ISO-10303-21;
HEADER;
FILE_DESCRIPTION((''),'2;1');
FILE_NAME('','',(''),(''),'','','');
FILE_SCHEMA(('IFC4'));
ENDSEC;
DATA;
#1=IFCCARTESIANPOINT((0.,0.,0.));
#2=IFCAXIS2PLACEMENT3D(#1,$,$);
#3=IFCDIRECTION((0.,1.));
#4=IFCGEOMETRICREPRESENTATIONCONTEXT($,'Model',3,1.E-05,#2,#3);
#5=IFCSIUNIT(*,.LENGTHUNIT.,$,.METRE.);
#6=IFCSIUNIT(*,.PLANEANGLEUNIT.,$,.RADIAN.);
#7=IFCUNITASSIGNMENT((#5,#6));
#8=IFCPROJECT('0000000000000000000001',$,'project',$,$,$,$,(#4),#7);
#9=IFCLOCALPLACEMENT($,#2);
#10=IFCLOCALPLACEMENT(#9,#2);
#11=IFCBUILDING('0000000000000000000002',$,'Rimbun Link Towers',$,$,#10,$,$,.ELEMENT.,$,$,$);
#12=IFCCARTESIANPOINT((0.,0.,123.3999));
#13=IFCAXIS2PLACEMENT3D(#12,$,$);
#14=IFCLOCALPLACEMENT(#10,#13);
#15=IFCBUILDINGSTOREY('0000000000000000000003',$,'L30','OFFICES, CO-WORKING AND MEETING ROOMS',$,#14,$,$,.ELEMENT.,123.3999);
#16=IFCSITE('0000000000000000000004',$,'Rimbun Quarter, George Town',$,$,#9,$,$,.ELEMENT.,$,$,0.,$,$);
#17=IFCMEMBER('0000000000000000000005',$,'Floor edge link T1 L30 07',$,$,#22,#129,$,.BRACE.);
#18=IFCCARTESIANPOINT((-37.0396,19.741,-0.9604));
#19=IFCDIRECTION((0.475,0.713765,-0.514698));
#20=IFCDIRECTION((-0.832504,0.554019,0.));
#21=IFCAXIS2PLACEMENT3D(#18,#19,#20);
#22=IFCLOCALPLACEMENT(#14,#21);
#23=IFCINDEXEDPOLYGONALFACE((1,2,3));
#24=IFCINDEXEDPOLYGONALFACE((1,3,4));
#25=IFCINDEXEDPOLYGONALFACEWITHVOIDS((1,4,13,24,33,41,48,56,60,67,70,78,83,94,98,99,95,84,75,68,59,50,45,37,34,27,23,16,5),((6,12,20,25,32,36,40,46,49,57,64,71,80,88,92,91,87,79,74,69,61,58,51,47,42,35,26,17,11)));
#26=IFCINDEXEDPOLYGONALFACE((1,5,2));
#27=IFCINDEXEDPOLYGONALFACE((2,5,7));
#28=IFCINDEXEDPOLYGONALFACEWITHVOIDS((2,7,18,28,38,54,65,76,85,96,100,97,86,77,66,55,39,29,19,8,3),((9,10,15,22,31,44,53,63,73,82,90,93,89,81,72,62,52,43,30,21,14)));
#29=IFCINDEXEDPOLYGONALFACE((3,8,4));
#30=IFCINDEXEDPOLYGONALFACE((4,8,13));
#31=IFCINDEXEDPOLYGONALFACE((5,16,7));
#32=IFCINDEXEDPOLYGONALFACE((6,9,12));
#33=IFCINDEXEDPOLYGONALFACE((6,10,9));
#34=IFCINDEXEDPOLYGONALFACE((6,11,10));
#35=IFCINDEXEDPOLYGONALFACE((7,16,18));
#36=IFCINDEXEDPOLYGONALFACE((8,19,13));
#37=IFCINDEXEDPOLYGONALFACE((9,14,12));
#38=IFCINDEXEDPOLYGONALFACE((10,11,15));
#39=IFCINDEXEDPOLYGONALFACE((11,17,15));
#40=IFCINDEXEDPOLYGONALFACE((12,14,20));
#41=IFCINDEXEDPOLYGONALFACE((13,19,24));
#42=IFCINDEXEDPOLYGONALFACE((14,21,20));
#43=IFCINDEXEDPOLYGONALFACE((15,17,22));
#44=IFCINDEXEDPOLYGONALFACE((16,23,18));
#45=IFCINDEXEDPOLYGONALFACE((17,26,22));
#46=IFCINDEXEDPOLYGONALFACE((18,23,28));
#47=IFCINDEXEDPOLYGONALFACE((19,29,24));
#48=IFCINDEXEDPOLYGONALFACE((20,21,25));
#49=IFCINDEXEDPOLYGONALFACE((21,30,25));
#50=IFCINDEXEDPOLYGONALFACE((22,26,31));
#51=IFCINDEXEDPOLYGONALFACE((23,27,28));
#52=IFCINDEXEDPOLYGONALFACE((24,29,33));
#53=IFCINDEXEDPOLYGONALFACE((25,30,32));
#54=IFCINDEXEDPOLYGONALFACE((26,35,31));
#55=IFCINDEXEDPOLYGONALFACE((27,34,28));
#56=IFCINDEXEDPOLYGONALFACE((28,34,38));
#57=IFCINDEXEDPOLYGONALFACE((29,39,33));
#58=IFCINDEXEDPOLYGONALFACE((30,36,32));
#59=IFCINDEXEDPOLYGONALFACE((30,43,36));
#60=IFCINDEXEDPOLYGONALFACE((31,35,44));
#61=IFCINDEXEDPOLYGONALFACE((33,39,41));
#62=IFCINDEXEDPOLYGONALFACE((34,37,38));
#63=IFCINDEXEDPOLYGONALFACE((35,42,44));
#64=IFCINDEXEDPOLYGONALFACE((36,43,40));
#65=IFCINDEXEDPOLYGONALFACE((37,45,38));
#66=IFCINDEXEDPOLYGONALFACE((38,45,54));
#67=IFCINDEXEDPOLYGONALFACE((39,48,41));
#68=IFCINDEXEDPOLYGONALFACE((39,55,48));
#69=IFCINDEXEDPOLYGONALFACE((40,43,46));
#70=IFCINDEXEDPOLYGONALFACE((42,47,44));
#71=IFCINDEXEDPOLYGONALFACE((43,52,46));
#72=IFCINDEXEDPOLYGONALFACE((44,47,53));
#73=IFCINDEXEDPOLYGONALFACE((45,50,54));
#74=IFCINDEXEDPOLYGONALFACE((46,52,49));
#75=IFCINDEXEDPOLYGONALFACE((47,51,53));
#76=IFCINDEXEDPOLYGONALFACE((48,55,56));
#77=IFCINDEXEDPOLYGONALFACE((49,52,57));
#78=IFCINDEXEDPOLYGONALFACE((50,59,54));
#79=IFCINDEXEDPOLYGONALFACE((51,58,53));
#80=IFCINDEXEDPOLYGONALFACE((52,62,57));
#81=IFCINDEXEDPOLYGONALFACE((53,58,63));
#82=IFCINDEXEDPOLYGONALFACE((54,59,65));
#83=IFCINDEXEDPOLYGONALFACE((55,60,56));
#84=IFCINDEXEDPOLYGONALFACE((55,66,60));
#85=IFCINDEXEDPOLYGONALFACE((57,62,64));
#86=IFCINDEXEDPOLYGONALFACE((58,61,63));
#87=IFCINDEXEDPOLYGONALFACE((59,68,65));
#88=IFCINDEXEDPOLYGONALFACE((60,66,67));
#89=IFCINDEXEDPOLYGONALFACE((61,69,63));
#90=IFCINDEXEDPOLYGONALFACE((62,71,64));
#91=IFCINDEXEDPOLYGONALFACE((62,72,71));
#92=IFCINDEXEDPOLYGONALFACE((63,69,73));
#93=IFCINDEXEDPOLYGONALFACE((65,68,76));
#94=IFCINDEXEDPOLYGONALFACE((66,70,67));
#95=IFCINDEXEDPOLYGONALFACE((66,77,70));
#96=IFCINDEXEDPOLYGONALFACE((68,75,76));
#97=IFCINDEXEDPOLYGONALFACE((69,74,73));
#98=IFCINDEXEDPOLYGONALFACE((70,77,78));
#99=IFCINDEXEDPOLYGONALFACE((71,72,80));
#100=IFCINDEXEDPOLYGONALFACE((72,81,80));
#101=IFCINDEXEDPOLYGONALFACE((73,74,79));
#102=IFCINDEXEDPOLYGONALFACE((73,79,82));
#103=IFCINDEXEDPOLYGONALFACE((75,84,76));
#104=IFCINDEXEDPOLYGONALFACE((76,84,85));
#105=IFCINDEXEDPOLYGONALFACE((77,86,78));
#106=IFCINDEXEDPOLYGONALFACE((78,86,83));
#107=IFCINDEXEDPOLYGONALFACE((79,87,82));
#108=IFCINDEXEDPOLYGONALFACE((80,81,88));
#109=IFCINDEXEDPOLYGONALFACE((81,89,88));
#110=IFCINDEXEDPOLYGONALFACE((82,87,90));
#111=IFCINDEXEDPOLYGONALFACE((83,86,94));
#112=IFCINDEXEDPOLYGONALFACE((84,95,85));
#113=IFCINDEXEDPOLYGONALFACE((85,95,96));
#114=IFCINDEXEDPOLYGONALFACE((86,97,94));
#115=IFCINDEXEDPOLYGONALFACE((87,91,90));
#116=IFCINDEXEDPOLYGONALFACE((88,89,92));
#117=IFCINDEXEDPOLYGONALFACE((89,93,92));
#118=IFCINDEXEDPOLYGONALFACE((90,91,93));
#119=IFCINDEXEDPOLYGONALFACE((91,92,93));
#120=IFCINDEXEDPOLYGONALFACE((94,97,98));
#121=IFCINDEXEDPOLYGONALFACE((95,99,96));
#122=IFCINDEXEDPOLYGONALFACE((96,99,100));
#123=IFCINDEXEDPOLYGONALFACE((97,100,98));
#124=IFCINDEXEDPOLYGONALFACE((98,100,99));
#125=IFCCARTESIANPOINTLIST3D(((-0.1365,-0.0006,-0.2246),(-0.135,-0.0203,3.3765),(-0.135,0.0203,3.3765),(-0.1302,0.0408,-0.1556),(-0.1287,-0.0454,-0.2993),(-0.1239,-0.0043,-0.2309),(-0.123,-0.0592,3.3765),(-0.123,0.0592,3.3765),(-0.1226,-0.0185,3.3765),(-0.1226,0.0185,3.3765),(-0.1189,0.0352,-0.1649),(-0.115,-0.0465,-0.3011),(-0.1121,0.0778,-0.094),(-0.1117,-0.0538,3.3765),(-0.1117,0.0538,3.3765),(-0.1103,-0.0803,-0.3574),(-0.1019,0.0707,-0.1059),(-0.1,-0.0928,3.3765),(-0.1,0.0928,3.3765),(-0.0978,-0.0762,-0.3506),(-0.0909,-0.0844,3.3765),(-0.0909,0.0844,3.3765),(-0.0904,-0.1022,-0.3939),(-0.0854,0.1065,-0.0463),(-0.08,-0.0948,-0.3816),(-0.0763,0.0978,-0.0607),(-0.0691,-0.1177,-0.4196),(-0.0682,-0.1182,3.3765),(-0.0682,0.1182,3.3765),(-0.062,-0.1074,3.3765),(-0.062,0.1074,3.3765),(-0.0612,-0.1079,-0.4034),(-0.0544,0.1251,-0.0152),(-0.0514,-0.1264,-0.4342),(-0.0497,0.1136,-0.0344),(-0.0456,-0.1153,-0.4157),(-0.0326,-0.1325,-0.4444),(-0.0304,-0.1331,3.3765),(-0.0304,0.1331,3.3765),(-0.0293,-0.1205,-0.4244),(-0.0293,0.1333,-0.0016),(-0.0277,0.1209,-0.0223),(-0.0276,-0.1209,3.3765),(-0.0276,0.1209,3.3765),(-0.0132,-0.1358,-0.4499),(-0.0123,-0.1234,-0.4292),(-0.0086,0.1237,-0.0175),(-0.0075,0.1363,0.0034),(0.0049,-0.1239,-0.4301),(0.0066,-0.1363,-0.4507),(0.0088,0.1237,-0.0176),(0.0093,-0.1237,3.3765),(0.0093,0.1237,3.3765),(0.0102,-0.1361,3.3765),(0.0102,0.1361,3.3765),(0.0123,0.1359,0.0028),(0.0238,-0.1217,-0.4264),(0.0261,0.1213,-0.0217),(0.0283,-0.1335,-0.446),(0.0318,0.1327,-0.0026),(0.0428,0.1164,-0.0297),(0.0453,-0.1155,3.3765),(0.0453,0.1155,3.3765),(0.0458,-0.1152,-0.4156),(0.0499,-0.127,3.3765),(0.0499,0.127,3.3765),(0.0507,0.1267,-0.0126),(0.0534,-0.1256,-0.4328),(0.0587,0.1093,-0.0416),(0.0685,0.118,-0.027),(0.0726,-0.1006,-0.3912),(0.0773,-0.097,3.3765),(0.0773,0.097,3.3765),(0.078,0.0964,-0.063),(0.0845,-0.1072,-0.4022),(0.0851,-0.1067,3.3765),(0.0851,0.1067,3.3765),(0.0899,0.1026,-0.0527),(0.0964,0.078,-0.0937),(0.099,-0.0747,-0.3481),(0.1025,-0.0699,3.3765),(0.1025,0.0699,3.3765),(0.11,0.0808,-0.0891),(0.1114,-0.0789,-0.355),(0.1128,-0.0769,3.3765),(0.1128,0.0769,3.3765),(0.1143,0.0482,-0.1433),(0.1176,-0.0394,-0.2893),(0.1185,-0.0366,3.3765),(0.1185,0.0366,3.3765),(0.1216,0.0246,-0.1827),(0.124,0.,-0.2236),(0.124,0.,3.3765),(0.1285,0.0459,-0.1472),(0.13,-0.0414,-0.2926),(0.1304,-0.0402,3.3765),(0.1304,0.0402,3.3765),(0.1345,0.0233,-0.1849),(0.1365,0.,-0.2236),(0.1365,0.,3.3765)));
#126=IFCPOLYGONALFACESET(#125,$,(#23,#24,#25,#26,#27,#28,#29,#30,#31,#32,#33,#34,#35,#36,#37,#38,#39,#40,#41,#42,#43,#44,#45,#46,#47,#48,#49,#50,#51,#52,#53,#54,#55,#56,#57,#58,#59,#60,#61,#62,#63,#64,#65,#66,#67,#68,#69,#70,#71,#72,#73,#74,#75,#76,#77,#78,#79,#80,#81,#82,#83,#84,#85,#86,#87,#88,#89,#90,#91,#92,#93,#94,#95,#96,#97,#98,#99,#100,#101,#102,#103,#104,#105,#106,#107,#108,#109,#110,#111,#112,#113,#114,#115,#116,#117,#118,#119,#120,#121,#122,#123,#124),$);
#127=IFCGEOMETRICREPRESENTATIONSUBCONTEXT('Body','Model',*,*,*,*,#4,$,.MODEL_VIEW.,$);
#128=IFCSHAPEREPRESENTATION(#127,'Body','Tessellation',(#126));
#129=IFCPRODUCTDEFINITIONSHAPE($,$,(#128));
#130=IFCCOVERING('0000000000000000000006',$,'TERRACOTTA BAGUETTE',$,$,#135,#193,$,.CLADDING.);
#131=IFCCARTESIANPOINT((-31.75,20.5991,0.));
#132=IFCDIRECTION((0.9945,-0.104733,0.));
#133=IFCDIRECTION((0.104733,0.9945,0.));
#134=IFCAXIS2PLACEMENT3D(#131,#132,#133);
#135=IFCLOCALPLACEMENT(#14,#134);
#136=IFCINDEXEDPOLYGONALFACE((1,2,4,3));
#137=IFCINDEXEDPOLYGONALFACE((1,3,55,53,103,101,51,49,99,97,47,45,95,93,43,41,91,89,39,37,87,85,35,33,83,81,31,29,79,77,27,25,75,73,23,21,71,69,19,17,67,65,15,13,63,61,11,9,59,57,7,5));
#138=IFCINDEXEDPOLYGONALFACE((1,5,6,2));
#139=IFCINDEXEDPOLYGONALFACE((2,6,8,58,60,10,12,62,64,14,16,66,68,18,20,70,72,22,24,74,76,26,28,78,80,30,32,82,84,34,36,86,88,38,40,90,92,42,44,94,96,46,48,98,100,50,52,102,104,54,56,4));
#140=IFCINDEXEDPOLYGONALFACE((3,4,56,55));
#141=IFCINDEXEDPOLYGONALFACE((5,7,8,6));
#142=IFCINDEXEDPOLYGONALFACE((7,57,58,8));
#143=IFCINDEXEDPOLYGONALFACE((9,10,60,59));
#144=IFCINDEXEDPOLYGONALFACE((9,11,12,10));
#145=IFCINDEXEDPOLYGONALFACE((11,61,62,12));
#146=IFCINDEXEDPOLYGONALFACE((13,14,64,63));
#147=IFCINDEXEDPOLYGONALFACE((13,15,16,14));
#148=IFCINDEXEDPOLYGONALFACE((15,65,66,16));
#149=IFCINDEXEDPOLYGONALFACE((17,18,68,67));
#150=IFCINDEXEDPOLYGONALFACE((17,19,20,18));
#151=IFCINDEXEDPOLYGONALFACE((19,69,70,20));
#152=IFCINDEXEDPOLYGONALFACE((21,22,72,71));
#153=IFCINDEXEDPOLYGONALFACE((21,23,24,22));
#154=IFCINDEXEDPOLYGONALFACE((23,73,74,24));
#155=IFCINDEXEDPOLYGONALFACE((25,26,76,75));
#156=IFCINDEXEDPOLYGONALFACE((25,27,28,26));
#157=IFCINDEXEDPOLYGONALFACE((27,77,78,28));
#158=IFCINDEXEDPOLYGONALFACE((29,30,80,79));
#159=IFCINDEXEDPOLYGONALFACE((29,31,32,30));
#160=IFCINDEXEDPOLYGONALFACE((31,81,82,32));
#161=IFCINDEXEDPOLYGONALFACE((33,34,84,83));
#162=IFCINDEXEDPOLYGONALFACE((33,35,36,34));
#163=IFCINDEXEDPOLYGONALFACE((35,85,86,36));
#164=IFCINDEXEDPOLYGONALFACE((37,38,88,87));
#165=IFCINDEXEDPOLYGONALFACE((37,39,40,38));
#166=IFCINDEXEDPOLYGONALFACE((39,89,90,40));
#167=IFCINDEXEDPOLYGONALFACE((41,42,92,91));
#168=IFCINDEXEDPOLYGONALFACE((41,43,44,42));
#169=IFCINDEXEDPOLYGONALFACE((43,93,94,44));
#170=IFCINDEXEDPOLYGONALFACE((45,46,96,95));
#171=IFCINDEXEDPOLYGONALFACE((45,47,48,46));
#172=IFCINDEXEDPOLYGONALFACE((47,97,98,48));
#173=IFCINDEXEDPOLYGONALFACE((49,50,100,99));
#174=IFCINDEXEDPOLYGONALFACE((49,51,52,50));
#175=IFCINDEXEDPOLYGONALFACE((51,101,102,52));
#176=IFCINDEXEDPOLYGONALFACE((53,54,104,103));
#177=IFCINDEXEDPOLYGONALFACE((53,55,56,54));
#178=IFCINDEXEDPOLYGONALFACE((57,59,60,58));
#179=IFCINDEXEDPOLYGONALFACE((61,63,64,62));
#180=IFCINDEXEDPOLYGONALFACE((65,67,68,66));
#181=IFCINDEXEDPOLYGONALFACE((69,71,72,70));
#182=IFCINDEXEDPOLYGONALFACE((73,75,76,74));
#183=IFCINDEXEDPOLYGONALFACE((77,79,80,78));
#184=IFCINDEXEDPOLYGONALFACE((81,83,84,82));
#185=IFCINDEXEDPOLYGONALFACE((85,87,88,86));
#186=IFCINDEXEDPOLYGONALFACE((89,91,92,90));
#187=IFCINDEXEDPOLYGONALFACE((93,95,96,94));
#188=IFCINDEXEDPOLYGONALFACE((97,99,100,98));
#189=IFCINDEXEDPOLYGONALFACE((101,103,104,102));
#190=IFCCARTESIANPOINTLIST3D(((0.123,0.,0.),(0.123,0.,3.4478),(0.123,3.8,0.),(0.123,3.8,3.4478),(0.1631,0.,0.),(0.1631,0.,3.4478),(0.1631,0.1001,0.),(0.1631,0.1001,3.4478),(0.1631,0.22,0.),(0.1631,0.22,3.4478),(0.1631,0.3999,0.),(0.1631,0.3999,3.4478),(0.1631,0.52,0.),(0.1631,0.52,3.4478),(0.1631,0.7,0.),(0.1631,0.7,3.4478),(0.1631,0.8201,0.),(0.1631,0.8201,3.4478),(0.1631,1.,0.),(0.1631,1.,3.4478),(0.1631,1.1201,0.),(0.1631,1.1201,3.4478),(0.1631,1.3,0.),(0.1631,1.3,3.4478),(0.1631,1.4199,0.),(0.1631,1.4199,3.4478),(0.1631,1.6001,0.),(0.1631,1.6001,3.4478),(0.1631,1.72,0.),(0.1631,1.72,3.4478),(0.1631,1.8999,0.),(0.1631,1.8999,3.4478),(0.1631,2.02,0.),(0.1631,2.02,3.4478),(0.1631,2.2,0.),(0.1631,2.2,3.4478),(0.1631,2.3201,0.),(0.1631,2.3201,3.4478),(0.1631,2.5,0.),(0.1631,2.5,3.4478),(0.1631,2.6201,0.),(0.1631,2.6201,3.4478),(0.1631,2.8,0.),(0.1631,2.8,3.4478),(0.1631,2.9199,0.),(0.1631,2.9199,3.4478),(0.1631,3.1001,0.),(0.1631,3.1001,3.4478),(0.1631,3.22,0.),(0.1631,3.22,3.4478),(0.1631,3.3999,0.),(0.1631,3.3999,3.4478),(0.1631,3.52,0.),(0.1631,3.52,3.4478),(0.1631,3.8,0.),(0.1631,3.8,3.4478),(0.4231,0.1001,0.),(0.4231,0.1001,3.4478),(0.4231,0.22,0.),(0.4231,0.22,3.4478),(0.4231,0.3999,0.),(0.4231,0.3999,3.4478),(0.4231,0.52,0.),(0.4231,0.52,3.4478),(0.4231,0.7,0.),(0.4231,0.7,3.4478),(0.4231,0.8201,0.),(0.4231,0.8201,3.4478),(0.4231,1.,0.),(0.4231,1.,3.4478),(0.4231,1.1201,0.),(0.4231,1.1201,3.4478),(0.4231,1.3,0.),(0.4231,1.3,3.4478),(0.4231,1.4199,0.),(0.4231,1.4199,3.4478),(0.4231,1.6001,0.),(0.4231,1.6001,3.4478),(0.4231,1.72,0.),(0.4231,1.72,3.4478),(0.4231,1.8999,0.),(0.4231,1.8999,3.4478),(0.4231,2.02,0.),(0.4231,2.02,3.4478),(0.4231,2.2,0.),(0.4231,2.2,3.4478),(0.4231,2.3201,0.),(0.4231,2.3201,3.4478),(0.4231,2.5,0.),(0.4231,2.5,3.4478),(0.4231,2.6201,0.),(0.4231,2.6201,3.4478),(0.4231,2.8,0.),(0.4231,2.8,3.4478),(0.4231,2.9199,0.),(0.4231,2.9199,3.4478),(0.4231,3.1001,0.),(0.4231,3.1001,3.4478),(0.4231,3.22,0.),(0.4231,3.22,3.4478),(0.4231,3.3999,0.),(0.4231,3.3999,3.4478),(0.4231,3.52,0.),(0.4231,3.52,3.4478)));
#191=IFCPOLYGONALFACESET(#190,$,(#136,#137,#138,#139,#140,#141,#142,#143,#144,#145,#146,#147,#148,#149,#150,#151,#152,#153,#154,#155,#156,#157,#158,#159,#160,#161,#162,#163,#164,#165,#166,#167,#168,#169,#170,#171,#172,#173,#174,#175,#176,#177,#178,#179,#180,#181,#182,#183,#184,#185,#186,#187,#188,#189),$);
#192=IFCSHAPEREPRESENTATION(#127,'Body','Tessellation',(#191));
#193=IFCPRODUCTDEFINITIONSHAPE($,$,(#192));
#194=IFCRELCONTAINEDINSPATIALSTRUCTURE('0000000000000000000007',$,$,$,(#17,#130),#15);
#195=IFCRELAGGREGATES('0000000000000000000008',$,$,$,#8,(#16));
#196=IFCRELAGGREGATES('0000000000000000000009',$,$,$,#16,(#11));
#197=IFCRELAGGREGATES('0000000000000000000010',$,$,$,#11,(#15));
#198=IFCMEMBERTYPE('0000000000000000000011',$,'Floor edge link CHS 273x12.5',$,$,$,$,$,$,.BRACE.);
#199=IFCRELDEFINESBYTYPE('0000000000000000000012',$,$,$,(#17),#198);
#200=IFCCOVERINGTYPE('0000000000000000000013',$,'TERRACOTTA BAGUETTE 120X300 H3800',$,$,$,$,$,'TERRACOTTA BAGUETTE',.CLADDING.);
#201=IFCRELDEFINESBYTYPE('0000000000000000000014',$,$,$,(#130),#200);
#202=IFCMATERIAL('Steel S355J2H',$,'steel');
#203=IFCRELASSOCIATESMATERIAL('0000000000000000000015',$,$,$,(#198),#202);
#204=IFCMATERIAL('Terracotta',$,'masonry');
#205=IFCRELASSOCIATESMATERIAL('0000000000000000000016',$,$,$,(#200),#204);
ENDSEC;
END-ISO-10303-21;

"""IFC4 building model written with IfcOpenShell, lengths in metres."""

from ifc_helpers import new_model, si_unit, direction, frame, origin, origin_2d, place, context, subcontext, project, spatial, polyline, hollow_circle, outline, extrude, clip, halfspace, material, material_profile, profile_set, type_object, element, save


model = new_model("IFC4")

# Units and contexts
model_context = context("Model", 3, precision=1e-05, world=origin(), true_north=direction((0.0, 1.0)))
body_context = subcontext(model_context, "Body", "Model", "MODEL_VIEW")
ifc_project = project(units=[si_unit("LENGTHUNIT", "METRE"), si_unit("PLANEANGLEUNIT", "RADIAN")], contexts=[model_context])

# Site, building, storey
site_placement = place(None, origin())
site = spatial("IfcSite", under=ifc_project, at=site_placement, Name="Rimbun Quarter, George Town", CompositionType="ELEMENT", RefElevation=0.0)
building_placement = place(site_placement, origin())
building = spatial("IfcBuilding", under=site, at=building_placement, Name="Rimbun Link Towers", CompositionType="ELEMENT")
storey_placement = place(building_placement, frame((0.0, 0.0, 123.3999)))
storey = spatial("IfcBuildingStorey", under=building, at=storey_placement, Name="L30", Description="OFFICES, CO-WORKING AND MEETING ROOMS", CompositionType="ELEMENT", Elevation=123.3999)

# Member
ifc_material_1 = material(Name="Steel S355J2H", Category="steel")
ifc_material_profile_1 = material_profile(ifc_material_1, hollow_circle(Radius=0.1365, WallThickness=0.0125, at=origin_2d()), Name="CHS 273x12.5")
ifc_profile_set_1 = profile_set([ifc_material_profile_1], Name="Steel S355J2H")
member_type_1 = type_object("IfcMemberType", Name="Floor edge link CHS 273x12.5", PredefinedType="BRACE", material=ifc_profile_set_1)
member_1_placement = place(storey_placement, frame((-37.0396, 19.741, -0.9604), z_axis=(0.475, 0.713765, -0.514698), x_axis=(-0.832504, 0.554019, 0.0)))
element("IfcMember", 1, at=member_1_placement, inside=storey, type_object=member_type_1, Name="Floor edge link T1 L30 07", PredefinedType="BRACE", context=body_context, shape_type="Clipping", body=[
    clip(extrude(hollow_circle(Radius=0.1365, WallThickness=0.0125, at=origin_2d()), frame((0.0, 0.0, -0.4741)), (0.0, 0.0, 1.0), 3.8506), halfspace(frame((0.0, 0.0, -0.2236), z_axis=(0.0, 0.857372, -0.514698)), False)),
])

# Covering
ifc_material_2 = material(Name="Terracotta", Category="masonry")
ifc_material_profile_2 = material_profile(ifc_material_2, outline(polyline([(0.123, 0.0), (0.1631, 0.0), (0.1631, 0.1001), (0.4231, 0.1001), (0.4231, 0.22), (0.1631, 0.22), (0.1631, 0.3999), (0.4231, 0.3999), (0.4231, 0.52), (0.1631, 0.52), (0.1631, 0.7), (0.4231, 0.7), (0.4231, 0.8201), (0.1631, 0.8201), (0.1631, 1.0), (0.4231, 1.0), (0.4231, 1.1201), (0.1631, 1.1201), (0.1631, 1.3), (0.4231, 1.3), (0.4231, 1.4199), (0.1631, 1.4199), (0.1631, 1.6001), (0.4231, 1.6001), (0.4231, 1.72), (0.1631, 1.72), (0.1631, 1.8999), (0.4231, 1.8999), (0.4231, 2.02), (0.1631, 2.02), (0.1631, 2.2), (0.4231, 2.2), (0.4231, 2.3201), (0.1631, 2.3201), (0.1631, 2.5), (0.4231, 2.5), (0.4231, 2.6201), (0.1631, 2.6201), (0.1631, 2.8), (0.4231, 2.8), (0.4231, 2.9199), (0.1631, 2.9199), (0.1631, 3.1001), (0.4231, 3.1001), (0.4231, 3.22), (0.1631, 3.22), (0.1631, 3.3999), (0.4231, 3.3999), (0.4231, 3.52), (0.1631, 3.52), (0.1631, 3.8), (0.123, 3.8), (0.123, 0.0)])), Name="BAGUETTE 120X300")
ifc_profile_set_2 = profile_set([ifc_material_profile_2], Name="Terracotta")
covering_type = type_object("IfcCoveringType", Name="TERRACOTTA BAGUETTE 120X300 H3800", ElementType="TERRACOTTA BAGUETTE", PredefinedType="CLADDING", material=ifc_profile_set_2)
for number, where, z_axis, x_axis, name in (
    (2, (-31.75, 20.5991, 0.0), (0.9945, -0.104733, 0.0), (0.104733, 0.9945, 0.0), "TERRACOTTA BAGUETTE"),
):
    element("IfcCovering", number, at=place(storey_placement, frame(where, z_axis=z_axis, x_axis=x_axis)), inside=storey, type_object=covering_type, Name=name, PredefinedType="CLADDING", context=body_context, shape_type="SweptSolid", body=[
        extrude(outline(polyline([(0.123, 0.0), (0.1631, 0.0), (0.1631, 0.1001), (0.4231, 0.1001), (0.4231, 0.22), (0.1631, 0.22), (0.1631, 0.3999), (0.4231, 0.3999), (0.4231, 0.52), (0.1631, 0.52), (0.1631, 0.7), (0.4231, 0.7), (0.4231, 0.8201), (0.1631, 0.8201), (0.1631, 1.0), (0.4231, 1.0), (0.4231, 1.1201), (0.1631, 1.1201), (0.1631, 1.3), (0.4231, 1.3), (0.4231, 1.4199), (0.1631, 1.4199), (0.1631, 1.6001), (0.4231, 1.6001), (0.4231, 1.72), (0.1631, 1.72), (0.1631, 1.8999), (0.4231, 1.8999), (0.4231, 2.02), (0.1631, 2.02), (0.1631, 2.2), (0.4231, 2.2), (0.4231, 2.3201), (0.1631, 2.3201), (0.1631, 2.5), (0.4231, 2.5), (0.4231, 2.6201), (0.1631, 2.6201), (0.1631, 2.8), (0.4231, 2.8), (0.4231, 2.9199), (0.1631, 2.9199), (0.1631, 3.1001), (0.4231, 3.1001), (0.4231, 3.22), (0.1631, 3.22), (0.1631, 3.3999), (0.4231, 3.3999), (0.4231, 3.52), (0.1631, 3.52), (0.1631, 3.8), (0.123, 3.8), (0.123, 0.0)])), origin(), (0.0, 0.0, 1.0), 3.4478),
    ])

save(model, "model.ifc")
